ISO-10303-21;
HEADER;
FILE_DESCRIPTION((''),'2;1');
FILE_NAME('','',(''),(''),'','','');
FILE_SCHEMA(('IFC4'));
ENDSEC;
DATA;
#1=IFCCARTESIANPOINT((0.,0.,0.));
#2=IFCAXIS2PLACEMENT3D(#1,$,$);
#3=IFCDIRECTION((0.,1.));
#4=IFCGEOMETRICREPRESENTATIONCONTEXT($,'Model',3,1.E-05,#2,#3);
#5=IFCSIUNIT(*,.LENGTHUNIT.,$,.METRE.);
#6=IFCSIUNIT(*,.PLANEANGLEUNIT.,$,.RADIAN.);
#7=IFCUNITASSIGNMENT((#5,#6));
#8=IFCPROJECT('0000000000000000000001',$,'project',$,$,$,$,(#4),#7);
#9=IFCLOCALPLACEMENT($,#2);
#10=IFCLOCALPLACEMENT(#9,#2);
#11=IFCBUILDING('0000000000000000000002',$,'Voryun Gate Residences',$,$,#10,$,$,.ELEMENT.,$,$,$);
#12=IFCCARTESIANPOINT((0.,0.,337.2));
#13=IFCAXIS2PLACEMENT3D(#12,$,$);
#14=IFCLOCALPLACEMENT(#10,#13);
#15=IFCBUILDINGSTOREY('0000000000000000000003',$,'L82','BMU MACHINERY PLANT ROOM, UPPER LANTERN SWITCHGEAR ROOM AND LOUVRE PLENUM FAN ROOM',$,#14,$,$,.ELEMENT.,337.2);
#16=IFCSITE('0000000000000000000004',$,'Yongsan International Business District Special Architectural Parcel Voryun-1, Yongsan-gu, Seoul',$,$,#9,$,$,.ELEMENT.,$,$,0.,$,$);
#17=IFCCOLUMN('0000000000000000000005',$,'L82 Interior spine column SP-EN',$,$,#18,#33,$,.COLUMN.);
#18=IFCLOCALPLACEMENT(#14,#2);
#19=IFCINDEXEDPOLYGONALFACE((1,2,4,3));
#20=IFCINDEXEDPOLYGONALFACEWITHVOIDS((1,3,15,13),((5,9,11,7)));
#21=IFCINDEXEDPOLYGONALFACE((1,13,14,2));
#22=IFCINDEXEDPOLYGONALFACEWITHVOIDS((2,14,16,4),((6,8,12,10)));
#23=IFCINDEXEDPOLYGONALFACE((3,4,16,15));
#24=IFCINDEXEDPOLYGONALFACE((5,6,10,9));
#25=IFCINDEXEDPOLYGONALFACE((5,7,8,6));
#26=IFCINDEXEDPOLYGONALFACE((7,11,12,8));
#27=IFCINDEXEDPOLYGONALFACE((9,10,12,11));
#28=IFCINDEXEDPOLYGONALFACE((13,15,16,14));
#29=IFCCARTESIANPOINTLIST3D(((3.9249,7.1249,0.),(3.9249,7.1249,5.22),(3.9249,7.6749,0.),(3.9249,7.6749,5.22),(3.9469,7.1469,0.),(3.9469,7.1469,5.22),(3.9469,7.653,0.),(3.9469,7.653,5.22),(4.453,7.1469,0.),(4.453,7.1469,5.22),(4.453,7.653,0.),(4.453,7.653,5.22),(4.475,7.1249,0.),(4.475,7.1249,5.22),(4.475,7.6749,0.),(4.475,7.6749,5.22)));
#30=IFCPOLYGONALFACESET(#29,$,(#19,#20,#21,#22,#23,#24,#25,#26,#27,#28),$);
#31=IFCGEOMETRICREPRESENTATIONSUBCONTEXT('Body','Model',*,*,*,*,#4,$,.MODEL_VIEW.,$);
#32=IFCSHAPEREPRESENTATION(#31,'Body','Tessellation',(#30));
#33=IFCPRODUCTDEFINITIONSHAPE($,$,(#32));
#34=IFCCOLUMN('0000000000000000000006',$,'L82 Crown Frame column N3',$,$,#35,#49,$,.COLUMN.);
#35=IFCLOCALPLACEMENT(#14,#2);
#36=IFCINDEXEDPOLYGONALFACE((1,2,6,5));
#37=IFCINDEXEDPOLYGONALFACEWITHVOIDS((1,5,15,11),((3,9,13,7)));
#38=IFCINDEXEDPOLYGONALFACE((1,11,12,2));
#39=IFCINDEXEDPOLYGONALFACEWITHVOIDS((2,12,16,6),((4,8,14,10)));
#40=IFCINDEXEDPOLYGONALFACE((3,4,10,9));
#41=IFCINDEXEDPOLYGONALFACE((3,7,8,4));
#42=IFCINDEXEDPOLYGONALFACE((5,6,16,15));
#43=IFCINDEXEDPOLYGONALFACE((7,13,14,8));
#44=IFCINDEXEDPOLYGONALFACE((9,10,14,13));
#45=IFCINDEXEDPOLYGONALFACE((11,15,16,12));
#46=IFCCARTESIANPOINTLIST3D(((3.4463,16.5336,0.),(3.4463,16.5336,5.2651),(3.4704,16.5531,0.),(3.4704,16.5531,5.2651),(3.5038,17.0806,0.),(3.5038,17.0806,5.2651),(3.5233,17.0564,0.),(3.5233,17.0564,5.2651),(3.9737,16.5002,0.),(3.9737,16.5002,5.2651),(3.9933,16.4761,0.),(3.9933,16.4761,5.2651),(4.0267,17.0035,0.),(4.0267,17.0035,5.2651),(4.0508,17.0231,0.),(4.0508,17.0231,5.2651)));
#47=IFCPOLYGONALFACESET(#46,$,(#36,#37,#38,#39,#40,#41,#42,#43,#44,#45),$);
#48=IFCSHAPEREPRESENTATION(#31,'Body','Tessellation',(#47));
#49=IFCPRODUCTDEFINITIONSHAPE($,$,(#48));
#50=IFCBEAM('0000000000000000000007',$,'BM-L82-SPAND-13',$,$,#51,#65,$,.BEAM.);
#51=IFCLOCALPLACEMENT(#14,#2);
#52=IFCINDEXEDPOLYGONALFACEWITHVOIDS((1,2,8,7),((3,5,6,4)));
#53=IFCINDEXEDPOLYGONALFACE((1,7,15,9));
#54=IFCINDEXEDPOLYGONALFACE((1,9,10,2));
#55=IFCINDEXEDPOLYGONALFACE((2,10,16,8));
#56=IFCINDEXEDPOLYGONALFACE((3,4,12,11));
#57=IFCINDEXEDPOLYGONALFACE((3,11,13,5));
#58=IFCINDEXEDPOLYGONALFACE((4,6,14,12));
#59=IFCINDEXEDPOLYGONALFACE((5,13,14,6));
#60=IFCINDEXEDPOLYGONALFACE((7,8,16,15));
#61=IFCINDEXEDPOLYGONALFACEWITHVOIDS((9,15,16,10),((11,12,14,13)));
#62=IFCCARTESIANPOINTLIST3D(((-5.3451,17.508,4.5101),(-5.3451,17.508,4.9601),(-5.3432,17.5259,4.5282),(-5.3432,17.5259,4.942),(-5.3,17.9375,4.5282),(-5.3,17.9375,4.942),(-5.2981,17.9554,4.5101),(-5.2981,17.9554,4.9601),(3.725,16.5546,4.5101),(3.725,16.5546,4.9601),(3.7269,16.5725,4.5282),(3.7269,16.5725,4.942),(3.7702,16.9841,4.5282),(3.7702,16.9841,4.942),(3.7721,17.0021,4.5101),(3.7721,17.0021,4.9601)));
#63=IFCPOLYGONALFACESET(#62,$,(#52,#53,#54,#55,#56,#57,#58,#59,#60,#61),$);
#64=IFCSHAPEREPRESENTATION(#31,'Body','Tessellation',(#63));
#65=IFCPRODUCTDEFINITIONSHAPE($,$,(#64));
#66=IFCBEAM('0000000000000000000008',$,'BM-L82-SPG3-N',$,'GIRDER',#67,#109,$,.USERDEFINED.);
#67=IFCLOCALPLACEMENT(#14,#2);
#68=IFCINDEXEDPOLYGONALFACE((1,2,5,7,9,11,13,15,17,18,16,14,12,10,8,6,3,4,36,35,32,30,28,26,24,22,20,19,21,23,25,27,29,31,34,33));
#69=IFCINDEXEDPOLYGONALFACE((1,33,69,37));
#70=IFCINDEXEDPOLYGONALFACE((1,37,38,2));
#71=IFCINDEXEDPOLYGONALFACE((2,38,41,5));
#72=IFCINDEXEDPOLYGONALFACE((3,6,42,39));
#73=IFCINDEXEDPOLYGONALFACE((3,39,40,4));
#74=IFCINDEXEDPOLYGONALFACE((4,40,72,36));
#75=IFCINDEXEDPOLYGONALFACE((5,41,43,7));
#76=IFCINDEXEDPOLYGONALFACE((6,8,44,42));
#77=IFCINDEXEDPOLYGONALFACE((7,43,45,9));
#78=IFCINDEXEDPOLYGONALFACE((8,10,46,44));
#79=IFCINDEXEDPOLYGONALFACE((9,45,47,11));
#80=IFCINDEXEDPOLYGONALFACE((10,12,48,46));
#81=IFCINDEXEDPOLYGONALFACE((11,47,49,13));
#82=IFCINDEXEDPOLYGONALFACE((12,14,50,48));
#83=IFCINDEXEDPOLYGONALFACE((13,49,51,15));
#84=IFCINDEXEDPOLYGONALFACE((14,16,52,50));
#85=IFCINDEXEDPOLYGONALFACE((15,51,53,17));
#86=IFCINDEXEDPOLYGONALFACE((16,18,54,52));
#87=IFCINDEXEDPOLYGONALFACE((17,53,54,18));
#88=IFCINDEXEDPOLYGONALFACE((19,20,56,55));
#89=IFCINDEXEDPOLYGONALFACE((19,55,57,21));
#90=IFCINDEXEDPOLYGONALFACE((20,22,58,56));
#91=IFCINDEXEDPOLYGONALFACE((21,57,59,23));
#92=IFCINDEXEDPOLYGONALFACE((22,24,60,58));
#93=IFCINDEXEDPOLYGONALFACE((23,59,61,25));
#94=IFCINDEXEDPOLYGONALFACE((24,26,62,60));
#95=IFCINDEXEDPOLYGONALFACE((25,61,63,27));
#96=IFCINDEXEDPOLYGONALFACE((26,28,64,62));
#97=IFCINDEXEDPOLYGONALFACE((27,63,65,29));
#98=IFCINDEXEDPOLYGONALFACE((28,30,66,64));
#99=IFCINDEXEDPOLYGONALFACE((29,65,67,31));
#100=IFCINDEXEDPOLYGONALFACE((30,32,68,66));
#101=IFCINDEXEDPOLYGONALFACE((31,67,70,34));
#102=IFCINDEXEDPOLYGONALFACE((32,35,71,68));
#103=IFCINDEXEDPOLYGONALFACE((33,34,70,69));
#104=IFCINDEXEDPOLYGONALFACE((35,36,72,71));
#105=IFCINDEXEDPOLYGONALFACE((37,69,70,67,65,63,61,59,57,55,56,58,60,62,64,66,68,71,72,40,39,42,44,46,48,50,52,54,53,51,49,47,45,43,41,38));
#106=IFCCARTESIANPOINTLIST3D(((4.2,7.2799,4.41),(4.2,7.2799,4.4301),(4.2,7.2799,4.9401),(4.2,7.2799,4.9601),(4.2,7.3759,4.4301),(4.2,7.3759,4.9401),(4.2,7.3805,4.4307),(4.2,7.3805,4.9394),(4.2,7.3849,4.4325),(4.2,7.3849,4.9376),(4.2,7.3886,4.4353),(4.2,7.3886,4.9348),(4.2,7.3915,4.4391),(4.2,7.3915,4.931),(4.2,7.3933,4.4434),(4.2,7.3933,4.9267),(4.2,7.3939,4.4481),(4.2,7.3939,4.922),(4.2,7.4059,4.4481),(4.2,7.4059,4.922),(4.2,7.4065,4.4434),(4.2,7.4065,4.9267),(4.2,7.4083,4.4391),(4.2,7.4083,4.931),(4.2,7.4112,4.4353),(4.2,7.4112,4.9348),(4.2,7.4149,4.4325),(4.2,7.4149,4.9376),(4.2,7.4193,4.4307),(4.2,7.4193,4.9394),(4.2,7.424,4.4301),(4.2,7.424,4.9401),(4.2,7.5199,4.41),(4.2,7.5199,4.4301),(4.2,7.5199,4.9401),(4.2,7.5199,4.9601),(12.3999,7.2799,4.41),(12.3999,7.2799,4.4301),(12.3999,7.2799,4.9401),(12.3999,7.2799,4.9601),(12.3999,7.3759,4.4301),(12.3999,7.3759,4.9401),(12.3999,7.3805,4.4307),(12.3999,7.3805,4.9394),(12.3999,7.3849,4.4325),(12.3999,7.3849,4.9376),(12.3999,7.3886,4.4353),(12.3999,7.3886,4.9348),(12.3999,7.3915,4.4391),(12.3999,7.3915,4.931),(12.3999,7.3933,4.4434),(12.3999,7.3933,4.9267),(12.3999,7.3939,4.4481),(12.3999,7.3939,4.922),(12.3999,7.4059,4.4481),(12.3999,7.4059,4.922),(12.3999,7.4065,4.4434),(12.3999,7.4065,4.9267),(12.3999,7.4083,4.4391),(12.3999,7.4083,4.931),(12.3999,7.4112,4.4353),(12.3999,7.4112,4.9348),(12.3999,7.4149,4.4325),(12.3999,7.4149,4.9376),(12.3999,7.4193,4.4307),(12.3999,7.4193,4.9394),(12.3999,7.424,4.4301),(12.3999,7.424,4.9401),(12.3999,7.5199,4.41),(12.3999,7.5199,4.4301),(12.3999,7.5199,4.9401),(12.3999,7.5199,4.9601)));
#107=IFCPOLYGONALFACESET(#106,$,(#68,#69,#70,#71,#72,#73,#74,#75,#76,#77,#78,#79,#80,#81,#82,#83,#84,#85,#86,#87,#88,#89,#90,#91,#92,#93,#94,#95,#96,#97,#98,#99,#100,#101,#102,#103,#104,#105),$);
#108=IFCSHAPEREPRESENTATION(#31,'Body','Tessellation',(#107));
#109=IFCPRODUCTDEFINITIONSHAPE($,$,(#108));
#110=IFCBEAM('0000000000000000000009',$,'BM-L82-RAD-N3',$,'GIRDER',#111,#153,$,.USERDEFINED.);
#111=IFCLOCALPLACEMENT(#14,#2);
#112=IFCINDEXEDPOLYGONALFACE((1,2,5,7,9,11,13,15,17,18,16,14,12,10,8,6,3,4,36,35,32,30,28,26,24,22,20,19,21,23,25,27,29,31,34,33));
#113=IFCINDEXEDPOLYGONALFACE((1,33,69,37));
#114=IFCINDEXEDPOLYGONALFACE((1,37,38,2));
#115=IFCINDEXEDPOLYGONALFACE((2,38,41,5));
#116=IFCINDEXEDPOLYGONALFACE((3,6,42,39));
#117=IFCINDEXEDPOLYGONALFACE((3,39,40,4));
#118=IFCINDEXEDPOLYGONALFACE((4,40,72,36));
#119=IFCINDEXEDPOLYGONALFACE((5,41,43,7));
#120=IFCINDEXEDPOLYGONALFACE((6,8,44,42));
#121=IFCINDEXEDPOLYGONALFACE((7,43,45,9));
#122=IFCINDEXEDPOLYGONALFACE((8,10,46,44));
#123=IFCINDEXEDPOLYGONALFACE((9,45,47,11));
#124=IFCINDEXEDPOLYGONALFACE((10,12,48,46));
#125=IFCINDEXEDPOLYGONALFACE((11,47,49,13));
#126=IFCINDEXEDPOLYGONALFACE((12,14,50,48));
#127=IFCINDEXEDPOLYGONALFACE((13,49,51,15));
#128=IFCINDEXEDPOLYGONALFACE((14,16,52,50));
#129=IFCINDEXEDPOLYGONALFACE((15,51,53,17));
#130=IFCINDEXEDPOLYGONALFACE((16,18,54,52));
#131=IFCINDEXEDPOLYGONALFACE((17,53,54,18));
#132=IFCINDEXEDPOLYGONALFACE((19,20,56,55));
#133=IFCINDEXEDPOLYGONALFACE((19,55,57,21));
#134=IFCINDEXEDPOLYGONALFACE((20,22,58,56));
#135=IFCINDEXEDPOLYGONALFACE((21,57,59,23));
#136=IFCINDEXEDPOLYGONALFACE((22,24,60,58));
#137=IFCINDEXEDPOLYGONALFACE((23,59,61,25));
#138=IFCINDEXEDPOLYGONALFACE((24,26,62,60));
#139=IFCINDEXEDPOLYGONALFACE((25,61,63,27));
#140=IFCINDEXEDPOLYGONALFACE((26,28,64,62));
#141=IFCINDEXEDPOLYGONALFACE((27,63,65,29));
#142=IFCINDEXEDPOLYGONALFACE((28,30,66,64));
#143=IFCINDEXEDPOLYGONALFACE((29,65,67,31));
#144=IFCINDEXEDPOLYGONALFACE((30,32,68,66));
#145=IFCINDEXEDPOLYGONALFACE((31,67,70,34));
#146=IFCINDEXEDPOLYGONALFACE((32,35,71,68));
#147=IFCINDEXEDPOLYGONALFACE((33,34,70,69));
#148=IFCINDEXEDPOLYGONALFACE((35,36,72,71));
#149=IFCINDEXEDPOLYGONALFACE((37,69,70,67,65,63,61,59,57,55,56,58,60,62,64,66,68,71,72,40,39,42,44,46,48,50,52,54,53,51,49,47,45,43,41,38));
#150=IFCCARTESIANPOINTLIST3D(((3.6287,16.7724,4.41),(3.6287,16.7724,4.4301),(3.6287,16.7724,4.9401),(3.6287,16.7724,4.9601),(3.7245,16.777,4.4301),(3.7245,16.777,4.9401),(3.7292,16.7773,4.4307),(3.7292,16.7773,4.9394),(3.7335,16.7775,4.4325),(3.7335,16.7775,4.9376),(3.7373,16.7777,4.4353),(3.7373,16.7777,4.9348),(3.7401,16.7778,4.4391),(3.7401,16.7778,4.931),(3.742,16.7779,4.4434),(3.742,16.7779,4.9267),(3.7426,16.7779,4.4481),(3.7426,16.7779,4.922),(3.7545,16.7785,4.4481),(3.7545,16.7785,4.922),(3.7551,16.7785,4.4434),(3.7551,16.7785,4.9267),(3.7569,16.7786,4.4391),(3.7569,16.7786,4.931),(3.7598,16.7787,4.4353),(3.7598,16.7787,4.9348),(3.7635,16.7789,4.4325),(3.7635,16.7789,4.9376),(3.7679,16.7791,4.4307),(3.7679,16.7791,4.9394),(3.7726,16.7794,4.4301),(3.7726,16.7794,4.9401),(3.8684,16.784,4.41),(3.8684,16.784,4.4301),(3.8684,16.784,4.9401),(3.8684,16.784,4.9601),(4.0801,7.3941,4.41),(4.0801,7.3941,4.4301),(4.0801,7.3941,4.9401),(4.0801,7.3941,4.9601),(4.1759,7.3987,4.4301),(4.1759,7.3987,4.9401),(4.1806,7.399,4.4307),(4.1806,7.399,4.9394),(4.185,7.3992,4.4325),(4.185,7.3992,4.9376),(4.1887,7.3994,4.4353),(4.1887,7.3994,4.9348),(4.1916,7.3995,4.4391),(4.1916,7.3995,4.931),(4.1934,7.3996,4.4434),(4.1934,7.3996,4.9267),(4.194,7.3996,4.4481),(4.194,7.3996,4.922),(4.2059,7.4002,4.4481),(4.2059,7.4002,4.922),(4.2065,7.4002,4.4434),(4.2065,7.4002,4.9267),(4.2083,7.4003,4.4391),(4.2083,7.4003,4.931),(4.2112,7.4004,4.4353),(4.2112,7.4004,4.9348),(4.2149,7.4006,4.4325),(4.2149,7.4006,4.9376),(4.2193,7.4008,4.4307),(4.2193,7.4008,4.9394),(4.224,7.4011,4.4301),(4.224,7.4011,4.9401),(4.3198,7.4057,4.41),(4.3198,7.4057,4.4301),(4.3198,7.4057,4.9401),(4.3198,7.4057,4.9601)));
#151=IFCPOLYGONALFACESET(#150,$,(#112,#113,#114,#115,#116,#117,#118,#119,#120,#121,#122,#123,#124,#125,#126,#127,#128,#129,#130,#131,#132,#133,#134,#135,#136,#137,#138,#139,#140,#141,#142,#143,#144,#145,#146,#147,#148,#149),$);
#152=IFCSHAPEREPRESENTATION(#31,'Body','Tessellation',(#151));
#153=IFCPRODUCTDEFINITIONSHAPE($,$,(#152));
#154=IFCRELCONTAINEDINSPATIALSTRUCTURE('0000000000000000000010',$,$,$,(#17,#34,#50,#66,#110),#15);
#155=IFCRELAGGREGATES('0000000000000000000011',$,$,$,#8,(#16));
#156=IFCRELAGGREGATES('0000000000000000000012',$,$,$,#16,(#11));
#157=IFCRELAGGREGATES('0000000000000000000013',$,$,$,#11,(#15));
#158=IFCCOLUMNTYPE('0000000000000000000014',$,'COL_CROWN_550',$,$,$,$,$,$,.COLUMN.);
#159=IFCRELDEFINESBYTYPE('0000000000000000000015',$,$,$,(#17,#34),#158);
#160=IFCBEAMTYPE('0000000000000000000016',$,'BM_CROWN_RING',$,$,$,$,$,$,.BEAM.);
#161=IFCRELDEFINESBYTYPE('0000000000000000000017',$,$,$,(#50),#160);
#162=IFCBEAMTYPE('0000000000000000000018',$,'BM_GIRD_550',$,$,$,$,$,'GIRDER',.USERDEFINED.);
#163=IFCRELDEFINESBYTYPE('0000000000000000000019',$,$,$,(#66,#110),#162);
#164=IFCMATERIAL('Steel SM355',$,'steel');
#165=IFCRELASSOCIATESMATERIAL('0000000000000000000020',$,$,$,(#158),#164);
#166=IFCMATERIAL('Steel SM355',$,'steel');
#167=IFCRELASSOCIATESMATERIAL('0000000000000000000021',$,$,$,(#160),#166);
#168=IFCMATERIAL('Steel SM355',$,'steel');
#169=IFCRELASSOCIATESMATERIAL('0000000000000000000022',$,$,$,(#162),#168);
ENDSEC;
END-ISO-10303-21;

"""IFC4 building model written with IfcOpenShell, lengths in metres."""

from ifc_helpers import new_model, si_unit, direction, frame, origin, origin_2d, place, context, subcontext, project, spatial, hollow_rectangle, i_section, extrude, material, material_profile, profile_set, type_object, element, save


model = new_model("IFC4")

# Units and contexts
model_context = context("Model", 3, precision=1e-05, world=origin(), true_north=direction((0.0, 1.0)))
body_context = subcontext(model_context, "Body", "Model", "MODEL_VIEW")
ifc_project = project(units=[si_unit("LENGTHUNIT", "METRE"), si_unit("PLANEANGLEUNIT", "RADIAN")], contexts=[model_context])

# Site, building, storey
site_placement = place(None, origin())
site = spatial("IfcSite", under=ifc_project, at=site_placement, Name="Yongsan International Business District Special Architectural Parcel Voryun-1, Yongsan-gu, Seoul", CompositionType="ELEMENT", RefElevation=0.0)
building_placement = place(site_placement, origin())
building = spatial("IfcBuilding", under=site, at=building_placement, Name="Voryun Gate Residences", CompositionType="ELEMENT")
storey_placement = place(building_placement, frame((0.0, 0.0, 337.2)))
storey = spatial("IfcBuildingStorey", under=building, at=storey_placement, Name="L82", Description="BMU MACHINERY PLANT ROOM, UPPER LANTERN SWITCHGEAR ROOM AND LOUVRE PLENUM FAN ROOM", CompositionType="ELEMENT", Elevation=337.2)

# Columns
ifc_material_1 = material(Name="Steel SM355", Category="steel")
ifc_material_profile_1 = material_profile(ifc_material_1, hollow_rectangle(XDim=0.55, YDim=0.55, WallThickness=0.022, at=origin_2d()), Name="BOX-550x550x22")
ifc_profile_set_1 = profile_set([ifc_material_profile_1], Name="Steel SM355")
column_type = type_object("IfcColumnType", Name="COL_CROWN_550", PredefinedType="COLUMN", material=ifc_profile_set_1)
column_1_placement = place(storey_placement, frame((4.2, 7.3999, 0.0), z_axis=(0.0, 0.0, 1.0), x_axis=(1.0, 0.0, 0.0)))
element("IfcColumn", 1, at=column_1_placement, inside=storey, type_object=column_type, Name="L82 Interior spine column SP-EN", PredefinedType="COLUMN", context=body_context, shape_type="SweptSolid", body=[
    extrude(hollow_rectangle(XDim=0.55, YDim=0.55, WallThickness=0.022, at=origin_2d()), origin(), (0.0, 0.0, 1.0), 5.22),
])
column_2_placement = place(storey_placement, frame((3.7485, 16.7783, 0.0), z_axis=(0.0, 0.0, 1.0), x_axis=(0.994522, -0.104528, 0.0)))
element("IfcColumn", 2, at=column_2_placement, inside=storey, type_object=column_type, Name="L82 Crown Frame column N3", PredefinedType="COLUMN", context=body_context, shape_type="SweptSolid", body=[
    extrude(hollow_rectangle(XDim=0.55, YDim=0.55, WallThickness=0.022, at=origin_2d()), origin(), (0.0, 0.0, 1.0), 5.2651),
])

# Beams
ifc_material_2 = material(Name="Steel SM355", Category="steel")
ifc_material_profile_2 = material_profile(ifc_material_2, hollow_rectangle(XDim=0.45, YDim=0.45, WallThickness=0.0181, at=origin_2d()), Name="BOX-450x450x18")
ifc_profile_set_2 = profile_set([ifc_material_profile_2], Name="Steel SM355")
beam_type_1 = type_object("IfcBeamType", Name="BM_CROWN_RING", PredefinedType="BEAM", material=ifc_profile_set_2)
beam_1_placement = place(storey_placement, frame((3.7485, 16.7783, 4.7351), z_axis=(-0.994521, 0.104536, 0.0), x_axis=(-0.104536, -0.994521, 0.0)))
element("IfcBeam", 3, at=beam_1_placement, inside=storey, type_object=beam_type_1, Name="BM-L82-SPAND-13", PredefinedType="BEAM", context=body_context, shape_type="SweptSolid", body=[
    extrude(hollow_rectangle(XDim=0.45, YDim=0.45, WallThickness=0.0181, at=origin_2d()), origin(), (0.0, 0.0, 1.0), 9.1201),
])
ifc_material_3 = material(Name="Steel SM355", Category="steel")
ifc_material_profile_3 = material_profile(ifc_material_3, i_section(OverallWidth=0.24, OverallDepth=0.55, WebThickness=0.012, FlangeThickness=0.02, FilletRadius=0.0181, at=origin_2d()), Name="H-550x240x12x20")
ifc_profile_set_3 = profile_set([ifc_material_profile_3], Name="Steel SM355")
beam_type_2 = type_object("IfcBeamType", Name="BM_GIRD_550", ElementType="GIRDER", PredefinedType="USERDEFINED", material=ifc_profile_set_3)
beam_2_placement = place(storey_placement, frame((4.2, 7.3999, 4.6851), z_axis=(1.0, 0.0, 0.0), x_axis=(0.0, 1.0, 0.0)))
element("IfcBeam", 4, at=beam_2_placement, inside=storey, type_object=beam_type_2, Name="BM-L82-SPG3-N", ObjectType="GIRDER", PredefinedType="USERDEFINED", context=body_context, shape_type="SweptSolid", body=[
    extrude(i_section(OverallWidth=0.24, OverallDepth=0.55, WebThickness=0.012, FlangeThickness=0.02, FilletRadius=0.0181, at=origin_2d()), origin(), (0.0, 0.0, 1.0), 8.2),
])
beam_3_placement = place(storey_placement, frame((4.2, 7.3999, 4.6851), z_axis=(-0.048078, 0.998844, 0.0), x_axis=(-0.998844, -0.048078, 0.0)))
element("IfcBeam", 5, at=beam_3_placement, inside=storey, type_object=beam_type_2, Name="BM-L82-RAD-N3", ObjectType="GIRDER", PredefinedType="USERDEFINED", context=body_context, shape_type="SweptSolid", body=[
    extrude(i_section(OverallWidth=0.24, OverallDepth=0.55, WebThickness=0.012, FlangeThickness=0.02, FilletRadius=0.0181, at=origin_2d()), origin(), (0.0, 0.0, 1.0), 9.3892),
])

save(model, "model.ifc")
